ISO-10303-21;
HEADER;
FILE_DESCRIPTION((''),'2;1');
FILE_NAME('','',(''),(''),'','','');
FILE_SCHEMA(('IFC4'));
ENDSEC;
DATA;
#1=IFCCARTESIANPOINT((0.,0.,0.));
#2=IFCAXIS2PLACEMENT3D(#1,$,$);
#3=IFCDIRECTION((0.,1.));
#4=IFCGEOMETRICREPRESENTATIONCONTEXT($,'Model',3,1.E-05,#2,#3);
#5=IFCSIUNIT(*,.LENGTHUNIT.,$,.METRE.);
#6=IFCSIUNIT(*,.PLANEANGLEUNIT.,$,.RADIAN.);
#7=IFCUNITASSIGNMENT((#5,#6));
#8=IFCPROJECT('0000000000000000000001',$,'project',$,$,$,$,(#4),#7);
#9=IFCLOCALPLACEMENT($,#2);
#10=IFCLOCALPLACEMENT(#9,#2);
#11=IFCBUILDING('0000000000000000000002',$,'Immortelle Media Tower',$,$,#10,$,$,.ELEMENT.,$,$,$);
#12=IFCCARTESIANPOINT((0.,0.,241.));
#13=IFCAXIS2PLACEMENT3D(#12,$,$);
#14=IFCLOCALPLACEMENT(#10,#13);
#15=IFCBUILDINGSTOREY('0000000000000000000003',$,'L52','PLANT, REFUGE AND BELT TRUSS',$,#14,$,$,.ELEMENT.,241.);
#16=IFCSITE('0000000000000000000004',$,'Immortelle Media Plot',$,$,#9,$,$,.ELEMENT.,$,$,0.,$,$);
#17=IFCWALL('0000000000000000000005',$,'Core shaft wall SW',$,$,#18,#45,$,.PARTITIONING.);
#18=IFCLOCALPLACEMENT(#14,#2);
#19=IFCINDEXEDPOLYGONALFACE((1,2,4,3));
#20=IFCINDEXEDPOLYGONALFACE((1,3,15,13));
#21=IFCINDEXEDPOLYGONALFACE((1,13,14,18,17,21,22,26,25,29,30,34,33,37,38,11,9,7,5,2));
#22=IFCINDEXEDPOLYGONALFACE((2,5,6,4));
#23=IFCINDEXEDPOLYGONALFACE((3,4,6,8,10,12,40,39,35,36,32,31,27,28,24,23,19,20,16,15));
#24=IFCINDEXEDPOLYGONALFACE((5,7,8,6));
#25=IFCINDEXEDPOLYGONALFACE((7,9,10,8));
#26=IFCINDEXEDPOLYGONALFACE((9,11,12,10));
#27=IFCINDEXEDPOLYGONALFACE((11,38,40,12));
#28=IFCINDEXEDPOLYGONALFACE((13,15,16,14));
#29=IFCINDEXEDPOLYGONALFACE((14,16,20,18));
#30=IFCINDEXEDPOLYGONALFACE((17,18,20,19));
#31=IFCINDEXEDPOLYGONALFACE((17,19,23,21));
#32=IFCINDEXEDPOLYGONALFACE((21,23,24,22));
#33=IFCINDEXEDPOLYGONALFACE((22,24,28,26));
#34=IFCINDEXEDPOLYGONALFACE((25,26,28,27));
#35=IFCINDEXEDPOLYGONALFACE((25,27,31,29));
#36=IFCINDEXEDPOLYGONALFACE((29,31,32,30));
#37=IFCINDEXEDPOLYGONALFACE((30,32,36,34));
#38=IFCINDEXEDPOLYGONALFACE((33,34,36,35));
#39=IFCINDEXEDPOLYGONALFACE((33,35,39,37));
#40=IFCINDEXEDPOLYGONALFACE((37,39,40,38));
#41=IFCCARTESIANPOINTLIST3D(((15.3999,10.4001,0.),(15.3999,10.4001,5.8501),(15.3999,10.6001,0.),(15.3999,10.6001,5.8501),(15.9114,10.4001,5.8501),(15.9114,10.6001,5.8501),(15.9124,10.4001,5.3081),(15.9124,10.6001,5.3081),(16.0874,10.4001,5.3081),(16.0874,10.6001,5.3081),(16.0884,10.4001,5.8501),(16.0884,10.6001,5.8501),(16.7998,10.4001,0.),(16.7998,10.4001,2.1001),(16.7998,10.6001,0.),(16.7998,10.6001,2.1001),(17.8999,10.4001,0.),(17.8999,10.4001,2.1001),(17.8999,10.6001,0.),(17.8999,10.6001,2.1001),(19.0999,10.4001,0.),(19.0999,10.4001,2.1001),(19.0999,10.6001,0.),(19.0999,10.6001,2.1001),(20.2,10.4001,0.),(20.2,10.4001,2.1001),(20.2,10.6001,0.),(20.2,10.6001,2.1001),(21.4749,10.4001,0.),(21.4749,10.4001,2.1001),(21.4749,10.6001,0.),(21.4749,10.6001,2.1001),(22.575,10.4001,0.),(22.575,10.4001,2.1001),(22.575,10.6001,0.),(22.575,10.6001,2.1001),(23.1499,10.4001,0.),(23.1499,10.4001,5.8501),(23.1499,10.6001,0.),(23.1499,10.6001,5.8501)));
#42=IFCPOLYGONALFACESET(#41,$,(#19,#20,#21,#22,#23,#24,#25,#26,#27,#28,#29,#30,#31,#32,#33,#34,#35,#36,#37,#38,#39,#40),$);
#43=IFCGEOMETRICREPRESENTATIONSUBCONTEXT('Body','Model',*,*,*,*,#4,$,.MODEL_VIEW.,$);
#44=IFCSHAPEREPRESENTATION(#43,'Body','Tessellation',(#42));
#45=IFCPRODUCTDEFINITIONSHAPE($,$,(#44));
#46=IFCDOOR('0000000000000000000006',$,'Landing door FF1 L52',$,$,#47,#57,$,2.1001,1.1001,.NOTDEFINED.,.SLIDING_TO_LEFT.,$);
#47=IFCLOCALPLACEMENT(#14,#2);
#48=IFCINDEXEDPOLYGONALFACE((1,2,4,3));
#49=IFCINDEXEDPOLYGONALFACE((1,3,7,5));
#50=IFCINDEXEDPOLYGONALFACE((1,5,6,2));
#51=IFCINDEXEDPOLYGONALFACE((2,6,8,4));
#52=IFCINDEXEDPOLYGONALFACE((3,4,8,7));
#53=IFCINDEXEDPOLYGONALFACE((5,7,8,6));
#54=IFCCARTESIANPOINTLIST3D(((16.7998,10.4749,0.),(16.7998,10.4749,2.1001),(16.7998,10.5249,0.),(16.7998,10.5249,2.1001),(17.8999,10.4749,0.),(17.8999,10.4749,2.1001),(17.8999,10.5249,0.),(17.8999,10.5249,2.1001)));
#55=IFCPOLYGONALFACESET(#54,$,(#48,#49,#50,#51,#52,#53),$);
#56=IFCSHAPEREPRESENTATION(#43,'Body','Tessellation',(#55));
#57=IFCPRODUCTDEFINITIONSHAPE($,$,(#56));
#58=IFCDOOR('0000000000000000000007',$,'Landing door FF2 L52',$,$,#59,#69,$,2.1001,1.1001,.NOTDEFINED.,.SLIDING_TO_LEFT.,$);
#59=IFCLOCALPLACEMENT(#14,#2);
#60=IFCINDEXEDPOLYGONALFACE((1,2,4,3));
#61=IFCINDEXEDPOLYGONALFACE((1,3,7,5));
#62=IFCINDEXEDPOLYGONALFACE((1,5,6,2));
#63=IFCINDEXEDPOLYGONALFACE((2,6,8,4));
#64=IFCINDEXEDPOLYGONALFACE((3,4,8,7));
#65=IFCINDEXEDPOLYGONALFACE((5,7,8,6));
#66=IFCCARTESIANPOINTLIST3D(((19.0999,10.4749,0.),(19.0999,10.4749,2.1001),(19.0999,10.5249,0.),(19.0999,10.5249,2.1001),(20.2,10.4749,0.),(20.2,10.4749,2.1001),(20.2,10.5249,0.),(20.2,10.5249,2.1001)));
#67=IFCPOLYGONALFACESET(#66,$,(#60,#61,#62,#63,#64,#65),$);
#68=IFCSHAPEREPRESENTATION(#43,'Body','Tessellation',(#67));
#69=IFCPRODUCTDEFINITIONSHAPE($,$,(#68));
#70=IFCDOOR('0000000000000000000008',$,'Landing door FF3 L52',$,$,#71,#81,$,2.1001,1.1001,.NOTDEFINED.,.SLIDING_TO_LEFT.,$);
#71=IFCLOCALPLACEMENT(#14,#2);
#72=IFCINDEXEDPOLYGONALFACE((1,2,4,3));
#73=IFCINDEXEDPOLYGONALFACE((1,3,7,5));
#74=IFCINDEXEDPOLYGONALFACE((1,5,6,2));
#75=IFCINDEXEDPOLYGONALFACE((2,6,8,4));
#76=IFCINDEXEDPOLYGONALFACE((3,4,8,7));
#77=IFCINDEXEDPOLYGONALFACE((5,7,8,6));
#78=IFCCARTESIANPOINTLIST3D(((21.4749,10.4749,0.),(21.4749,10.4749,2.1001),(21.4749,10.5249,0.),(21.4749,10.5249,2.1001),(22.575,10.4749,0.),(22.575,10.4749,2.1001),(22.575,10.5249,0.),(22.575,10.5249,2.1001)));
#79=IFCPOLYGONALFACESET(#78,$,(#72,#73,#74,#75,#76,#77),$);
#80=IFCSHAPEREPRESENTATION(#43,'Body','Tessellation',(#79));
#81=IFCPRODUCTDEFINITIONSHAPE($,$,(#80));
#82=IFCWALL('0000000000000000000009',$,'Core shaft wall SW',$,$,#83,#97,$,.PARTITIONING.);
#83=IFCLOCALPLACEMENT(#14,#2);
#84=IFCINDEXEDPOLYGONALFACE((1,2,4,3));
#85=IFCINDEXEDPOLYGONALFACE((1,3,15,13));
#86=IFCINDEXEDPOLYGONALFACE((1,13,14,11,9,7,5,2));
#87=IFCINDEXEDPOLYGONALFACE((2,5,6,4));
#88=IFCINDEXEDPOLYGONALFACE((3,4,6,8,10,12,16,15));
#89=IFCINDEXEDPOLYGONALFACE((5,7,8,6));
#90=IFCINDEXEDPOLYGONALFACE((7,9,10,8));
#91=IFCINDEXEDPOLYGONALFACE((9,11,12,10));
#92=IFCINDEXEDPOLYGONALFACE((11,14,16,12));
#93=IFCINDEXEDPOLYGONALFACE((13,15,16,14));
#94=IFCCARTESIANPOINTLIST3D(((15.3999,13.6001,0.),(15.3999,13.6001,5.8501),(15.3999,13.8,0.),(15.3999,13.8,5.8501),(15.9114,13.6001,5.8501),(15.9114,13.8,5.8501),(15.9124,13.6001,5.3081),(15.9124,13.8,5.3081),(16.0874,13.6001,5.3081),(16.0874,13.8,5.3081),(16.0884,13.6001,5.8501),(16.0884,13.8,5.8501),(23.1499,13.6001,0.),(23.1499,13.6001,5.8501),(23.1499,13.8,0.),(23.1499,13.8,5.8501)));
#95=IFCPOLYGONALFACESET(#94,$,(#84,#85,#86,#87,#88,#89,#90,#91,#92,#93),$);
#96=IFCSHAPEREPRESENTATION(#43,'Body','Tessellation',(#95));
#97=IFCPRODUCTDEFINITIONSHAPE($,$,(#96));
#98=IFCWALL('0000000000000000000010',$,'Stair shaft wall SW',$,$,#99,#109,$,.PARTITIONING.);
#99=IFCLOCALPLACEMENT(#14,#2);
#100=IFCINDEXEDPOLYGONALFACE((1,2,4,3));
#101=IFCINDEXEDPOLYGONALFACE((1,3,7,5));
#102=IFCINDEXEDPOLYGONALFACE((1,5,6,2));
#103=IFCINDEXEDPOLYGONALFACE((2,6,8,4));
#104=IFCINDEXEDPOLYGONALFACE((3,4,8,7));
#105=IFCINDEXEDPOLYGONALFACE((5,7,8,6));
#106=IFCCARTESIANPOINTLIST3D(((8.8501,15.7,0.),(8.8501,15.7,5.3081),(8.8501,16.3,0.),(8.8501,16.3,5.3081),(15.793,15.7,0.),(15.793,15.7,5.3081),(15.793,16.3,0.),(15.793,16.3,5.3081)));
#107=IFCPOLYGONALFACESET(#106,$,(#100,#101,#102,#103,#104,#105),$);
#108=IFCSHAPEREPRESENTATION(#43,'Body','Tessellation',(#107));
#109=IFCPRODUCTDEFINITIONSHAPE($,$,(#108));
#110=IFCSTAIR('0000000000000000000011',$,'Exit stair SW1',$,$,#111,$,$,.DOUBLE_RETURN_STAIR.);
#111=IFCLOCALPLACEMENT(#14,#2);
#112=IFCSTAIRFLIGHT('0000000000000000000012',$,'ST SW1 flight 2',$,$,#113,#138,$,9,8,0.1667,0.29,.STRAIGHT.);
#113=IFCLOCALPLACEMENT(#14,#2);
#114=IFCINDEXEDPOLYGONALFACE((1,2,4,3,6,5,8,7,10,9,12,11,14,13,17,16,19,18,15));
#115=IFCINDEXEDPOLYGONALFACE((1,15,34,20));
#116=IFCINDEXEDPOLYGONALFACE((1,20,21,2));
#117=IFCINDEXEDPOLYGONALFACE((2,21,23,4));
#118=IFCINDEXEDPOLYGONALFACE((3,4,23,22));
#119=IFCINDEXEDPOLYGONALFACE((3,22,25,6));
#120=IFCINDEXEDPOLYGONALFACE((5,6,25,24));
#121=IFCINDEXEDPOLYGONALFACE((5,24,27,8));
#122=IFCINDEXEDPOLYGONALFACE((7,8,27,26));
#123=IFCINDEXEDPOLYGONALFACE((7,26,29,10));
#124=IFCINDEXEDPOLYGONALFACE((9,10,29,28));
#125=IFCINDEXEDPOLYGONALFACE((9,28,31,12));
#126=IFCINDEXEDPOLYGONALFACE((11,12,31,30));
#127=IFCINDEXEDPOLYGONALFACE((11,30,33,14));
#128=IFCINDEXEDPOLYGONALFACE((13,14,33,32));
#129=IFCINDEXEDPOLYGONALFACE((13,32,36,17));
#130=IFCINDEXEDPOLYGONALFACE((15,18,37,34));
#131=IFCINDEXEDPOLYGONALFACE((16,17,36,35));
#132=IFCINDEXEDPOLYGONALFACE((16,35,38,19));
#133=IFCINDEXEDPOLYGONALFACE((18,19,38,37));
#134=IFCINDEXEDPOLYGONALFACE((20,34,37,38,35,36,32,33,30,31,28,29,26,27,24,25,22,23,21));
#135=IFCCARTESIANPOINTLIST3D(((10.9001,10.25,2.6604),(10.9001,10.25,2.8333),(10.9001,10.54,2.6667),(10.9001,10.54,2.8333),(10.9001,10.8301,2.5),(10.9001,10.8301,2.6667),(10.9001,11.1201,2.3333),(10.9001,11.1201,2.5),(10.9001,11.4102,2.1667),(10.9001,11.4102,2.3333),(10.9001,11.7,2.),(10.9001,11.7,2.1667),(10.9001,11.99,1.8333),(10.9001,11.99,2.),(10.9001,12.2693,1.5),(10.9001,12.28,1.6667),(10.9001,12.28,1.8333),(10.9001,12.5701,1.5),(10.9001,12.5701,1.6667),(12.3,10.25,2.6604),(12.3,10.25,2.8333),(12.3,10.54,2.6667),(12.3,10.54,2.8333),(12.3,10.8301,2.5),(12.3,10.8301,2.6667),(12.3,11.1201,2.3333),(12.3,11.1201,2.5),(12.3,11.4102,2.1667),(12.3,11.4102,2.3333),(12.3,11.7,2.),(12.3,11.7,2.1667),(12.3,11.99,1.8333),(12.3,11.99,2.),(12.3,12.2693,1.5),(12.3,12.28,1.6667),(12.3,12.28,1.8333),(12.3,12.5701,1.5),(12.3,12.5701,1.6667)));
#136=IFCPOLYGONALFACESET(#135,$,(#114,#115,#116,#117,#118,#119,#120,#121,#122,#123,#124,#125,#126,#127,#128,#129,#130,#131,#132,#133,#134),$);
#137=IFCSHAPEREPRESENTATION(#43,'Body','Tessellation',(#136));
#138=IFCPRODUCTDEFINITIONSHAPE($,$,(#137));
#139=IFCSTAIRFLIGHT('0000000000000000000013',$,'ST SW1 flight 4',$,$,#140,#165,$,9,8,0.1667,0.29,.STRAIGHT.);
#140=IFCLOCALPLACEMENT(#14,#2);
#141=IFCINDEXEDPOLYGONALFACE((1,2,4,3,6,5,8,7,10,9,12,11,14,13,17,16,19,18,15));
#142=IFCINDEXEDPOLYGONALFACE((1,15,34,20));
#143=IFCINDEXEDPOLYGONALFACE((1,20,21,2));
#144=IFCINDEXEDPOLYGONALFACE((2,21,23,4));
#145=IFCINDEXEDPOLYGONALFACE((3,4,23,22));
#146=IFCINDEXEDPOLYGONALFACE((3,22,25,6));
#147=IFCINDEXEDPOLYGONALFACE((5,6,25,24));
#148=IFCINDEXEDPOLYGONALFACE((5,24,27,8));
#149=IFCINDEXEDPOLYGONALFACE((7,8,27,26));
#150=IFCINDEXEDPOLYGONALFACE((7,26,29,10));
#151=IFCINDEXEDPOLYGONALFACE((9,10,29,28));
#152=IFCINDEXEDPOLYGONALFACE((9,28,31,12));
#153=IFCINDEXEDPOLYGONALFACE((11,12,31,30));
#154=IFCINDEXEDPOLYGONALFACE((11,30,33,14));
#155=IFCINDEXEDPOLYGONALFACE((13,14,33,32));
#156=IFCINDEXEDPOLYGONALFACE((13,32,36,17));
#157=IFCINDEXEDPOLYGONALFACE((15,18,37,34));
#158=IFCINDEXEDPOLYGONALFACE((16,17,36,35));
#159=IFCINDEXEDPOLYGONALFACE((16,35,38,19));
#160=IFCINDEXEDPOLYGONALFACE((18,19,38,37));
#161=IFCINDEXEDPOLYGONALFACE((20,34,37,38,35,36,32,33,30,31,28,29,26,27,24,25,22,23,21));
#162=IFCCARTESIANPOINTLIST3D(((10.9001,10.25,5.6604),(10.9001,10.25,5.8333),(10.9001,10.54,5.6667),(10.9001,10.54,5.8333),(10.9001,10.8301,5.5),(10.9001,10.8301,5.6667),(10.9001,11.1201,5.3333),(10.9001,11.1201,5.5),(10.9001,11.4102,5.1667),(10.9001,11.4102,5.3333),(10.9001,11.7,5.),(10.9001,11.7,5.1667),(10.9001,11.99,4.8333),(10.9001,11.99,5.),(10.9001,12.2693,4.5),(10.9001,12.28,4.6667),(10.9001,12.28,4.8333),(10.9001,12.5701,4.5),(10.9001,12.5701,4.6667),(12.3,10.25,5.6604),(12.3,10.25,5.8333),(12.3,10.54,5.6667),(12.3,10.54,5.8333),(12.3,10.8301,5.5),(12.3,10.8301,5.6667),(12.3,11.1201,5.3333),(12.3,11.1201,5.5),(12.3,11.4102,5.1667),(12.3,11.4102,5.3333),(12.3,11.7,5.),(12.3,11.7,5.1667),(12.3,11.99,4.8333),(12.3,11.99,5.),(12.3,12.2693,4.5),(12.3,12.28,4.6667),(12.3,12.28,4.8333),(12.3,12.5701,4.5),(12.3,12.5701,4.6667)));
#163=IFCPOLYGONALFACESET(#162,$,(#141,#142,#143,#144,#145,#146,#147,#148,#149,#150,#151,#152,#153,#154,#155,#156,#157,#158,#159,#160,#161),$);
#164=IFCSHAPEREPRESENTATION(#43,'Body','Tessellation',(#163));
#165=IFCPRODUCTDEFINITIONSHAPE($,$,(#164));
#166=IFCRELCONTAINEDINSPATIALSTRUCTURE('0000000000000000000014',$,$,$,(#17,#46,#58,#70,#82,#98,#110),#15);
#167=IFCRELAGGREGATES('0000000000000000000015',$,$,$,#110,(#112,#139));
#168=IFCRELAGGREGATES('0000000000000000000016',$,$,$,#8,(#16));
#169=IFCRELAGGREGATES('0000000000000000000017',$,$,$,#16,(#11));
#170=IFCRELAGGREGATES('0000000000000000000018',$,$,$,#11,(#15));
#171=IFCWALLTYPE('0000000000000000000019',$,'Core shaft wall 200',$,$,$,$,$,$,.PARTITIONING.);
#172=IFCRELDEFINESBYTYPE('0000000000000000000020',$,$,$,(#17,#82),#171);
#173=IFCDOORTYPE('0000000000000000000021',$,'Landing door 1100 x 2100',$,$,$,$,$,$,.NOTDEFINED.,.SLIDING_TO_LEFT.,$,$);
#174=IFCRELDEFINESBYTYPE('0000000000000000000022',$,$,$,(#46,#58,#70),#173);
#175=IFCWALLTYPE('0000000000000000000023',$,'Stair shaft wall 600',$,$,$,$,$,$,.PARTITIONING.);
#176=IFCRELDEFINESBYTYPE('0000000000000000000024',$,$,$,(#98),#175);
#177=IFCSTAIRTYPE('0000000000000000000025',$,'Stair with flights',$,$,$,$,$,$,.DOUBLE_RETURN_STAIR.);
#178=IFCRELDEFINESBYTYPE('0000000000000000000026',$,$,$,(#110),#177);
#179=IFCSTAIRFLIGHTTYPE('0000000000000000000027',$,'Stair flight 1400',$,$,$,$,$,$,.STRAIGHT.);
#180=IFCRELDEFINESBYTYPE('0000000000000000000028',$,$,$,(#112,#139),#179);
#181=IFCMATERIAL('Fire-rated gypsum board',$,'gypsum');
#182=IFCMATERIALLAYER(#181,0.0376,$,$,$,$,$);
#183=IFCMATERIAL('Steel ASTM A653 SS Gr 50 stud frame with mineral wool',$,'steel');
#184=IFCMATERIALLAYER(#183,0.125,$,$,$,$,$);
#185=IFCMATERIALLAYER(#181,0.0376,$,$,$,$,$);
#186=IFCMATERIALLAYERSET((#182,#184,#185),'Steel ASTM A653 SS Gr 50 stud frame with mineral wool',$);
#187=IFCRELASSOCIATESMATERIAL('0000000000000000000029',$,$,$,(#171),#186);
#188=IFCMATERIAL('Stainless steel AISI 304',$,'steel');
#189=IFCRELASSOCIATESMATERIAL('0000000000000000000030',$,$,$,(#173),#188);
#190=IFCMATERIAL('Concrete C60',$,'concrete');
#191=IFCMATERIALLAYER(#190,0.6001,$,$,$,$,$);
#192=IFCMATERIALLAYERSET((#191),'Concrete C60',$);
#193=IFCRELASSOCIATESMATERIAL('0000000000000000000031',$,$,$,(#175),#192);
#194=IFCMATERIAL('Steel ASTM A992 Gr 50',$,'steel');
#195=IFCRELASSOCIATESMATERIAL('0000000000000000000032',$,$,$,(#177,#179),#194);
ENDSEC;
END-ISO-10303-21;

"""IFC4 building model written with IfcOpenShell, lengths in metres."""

from ifc_helpers import new_model, si_unit, direction, frame, frame_2d, origin, place, context, subcontext, project, spatial, polyline, rectangle, outline, extrude, material, layer, layer_set, type_object, element, fill, aggregate, save


model = new_model("IFC4")

# Units and contexts
model_context = context("Model", 3, precision=1e-05, world=origin(), true_north=direction((0.0, 1.0)))
body_context = subcontext(model_context, "Body", "Model", "MODEL_VIEW")
ifc_project = project(units=[si_unit("LENGTHUNIT", "METRE"), si_unit("PLANEANGLEUNIT", "RADIAN")], contexts=[model_context])

# Site, building, storey
site_placement = place(None, origin())
site = spatial("IfcSite", under=ifc_project, at=site_placement, Name="Immortelle Media Plot", CompositionType="ELEMENT", RefElevation=0.0)
building_placement = place(site_placement, origin())
building = spatial("IfcBuilding", under=site, at=building_placement, Name="Immortelle Media Tower", CompositionType="ELEMENT")
storey_placement = place(building_placement, frame((0.0, 0.0, 241.0)))
storey = spatial("IfcBuildingStorey", under=building, at=storey_placement, Name="L52", Description="PLANT, REFUGE AND BELT TRUSS", CompositionType="ELEMENT", Elevation=241.0)

# Shared definitions
ifc_material_1 = material(Name="Steel ASTM A992 Gr 50", Category="steel")

# Shared definitions
ifc_material_2 = material(Name="Fire-rated gypsum board", Category="gypsum")
ifc_material_3 = material(Name="Steel ASTM A653 SS Gr 50 stud frame with mineral wool", Category="steel")

# Wall, openings, doors
ifc_layer_1 = layer(ifc_material_2, 0.0376)
ifc_layer_2 = layer(ifc_material_3, 0.125)
ifc_layer_3 = layer(ifc_material_2, 0.0376)
ifc_layer_set_1 = layer_set([ifc_layer_1, ifc_layer_2, ifc_layer_3], Name="Steel ASTM A653 SS Gr 50 stud frame with mineral wool")
wall_type_1 = type_object("IfcWallType", Name="Core shaft wall 200", PredefinedType="PARTITIONING", material=ifc_layer_set_1)
ifc_material_4 = material(Name="Stainless steel AISI 304", Category="steel")
door_type_1 = type_object("IfcDoorType", Name="Landing door 1100 x 2100", OperationType="SLIDING_TO_LEFT", PredefinedType="NOTDEFINED", material=ifc_material_4)
wall_1_placement = place(storey_placement, frame((15.3999, 10.5, 0.0), z_axis=(0.0, 0.0, 1.0), x_axis=(1.0, 0.0, 0.0)))
wall_1 = element("IfcWall", 1, at=wall_1_placement, inside=storey, type_object=wall_type_1, Name="Core shaft wall SW", PredefinedType="PARTITIONING", context=body_context, shape_type="SweptSolid", body=[
    extrude(outline(polyline([(0.0, 0.0), (7.75, 0.0), (7.75, 5.8501), (0.6885, 5.8501), (0.6875, 5.3081), (0.5125, 5.3081), (0.5115, 5.8501), (0.0, 5.8501), (0.0, 0.0)])), frame((0.0, 0.1001, 0.0), z_axis=(0.0, -1.0, 0.0), x_axis=(1.0, 0.0, 0.0)), (0.0, 0.0, 1.0), 0.2),
])
opening_1_placement = place(wall_1_placement, frame((1.3999, 0.0, 0.0)))
opening_1 = element("IfcOpeningElement", 2, at=opening_1_placement, cuts=wall_1, PredefinedType="OPENING", context=body_context, shape_type="SweptSolid", body=[
    extrude(rectangle(XDim=1.1001, YDim=2.1001, at=frame_2d((0.55, 1.05))), frame((0.0, 0.1099, 0.0), z_axis=(0.0, -1.0, 0.0), x_axis=(1.0, 0.0, 0.0)), (0.0, 0.0, 1.0), 0.22),
])
opening_2_placement = place(wall_1_placement, frame((3.7, 0.0, 0.0)))
opening_2 = element("IfcOpeningElement", 3, at=opening_2_placement, cuts=wall_1, PredefinedType="OPENING", context=body_context, shape_type="SweptSolid", body=[
    extrude(rectangle(XDim=1.1001, YDim=2.1001, at=frame_2d((0.55, 1.05))), frame((0.0, 0.1099, 0.0), z_axis=(0.0, -1.0, 0.0), x_axis=(1.0, 0.0, 0.0)), (0.0, 0.0, 1.0), 0.22),
])
opening_3_placement = place(wall_1_placement, frame((6.075, 0.0, 0.0)))
opening_3 = element("IfcOpeningElement", 4, at=opening_3_placement, cuts=wall_1, PredefinedType="OPENING", context=body_context, shape_type="SweptSolid", body=[
    extrude(rectangle(XDim=1.1001, YDim=2.1001, at=frame_2d((0.55, 1.05))), frame((0.0, 0.1099, 0.0), z_axis=(0.0, -1.0, 0.0), x_axis=(1.0, 0.0, 0.0)), (0.0, 0.0, 1.0), 0.22),
])
door_1_placement = place(opening_1_placement, origin())
door_1 = element("IfcDoor", 5, at=door_1_placement, inside=storey, type_object=door_type_1, Name="Landing door FF1 L52", OperationType="SLIDING_TO_LEFT", OverallHeight=2.1001, OverallWidth=1.1001, PredefinedType="NOTDEFINED", context=body_context, shape_type="SweptSolid", body=[
    extrude(rectangle(XDim=1.1001, YDim=2.1001, at=frame_2d((0.55, 1.05))), frame((0.0, 0.0249, 0.0), z_axis=(0.0, -1.0, 0.0), x_axis=(1.0, 0.0, 0.0)), (0.0, 0.0, 1.0), 0.05),
])
fill(opening_1, door_1)
door_2_placement = place(opening_2_placement, origin())
door_2 = element("IfcDoor", 6, at=door_2_placement, inside=storey, type_object=door_type_1, Name="Landing door FF2 L52", OperationType="SLIDING_TO_LEFT", OverallHeight=2.1001, OverallWidth=1.1001, PredefinedType="NOTDEFINED", context=body_context, shape_type="SweptSolid", body=[
    extrude(rectangle(XDim=1.1001, YDim=2.1001, at=frame_2d((0.55, 1.05))), frame((0.0, 0.0249, 0.0), z_axis=(0.0, -1.0, 0.0), x_axis=(1.0, 0.0, 0.0)), (0.0, 0.0, 1.0), 0.05),
])
fill(opening_2, door_2)
door_3_placement = place(opening_3_placement, origin())
door_3 = element("IfcDoor", 7, at=door_3_placement, inside=storey, type_object=door_type_1, Name="Landing door FF3 L52", OperationType="SLIDING_TO_LEFT", OverallHeight=2.1001, OverallWidth=1.1001, PredefinedType="NOTDEFINED", context=body_context, shape_type="SweptSolid", body=[
    extrude(rectangle(XDim=1.1001, YDim=2.1001, at=frame_2d((0.55, 1.05))), frame((0.0, 0.0249, 0.0), z_axis=(0.0, -1.0, 0.0), x_axis=(1.0, 0.0, 0.0)), (0.0, 0.0, 1.0), 0.05),
])
fill(opening_3, door_3)

# Walls
wall_2_placement = place(storey_placement, frame((15.3999, 13.7, 0.0), z_axis=(0.0, 0.0, 1.0), x_axis=(1.0, 0.0, 0.0)))
element("IfcWall", 8, at=wall_2_placement, inside=storey, type_object=wall_type_1, Name="Core shaft wall SW", PredefinedType="PARTITIONING", context=body_context, shape_type="SweptSolid", body=[
    extrude(outline(polyline([(0.0, 0.0), (7.75, 0.0), (7.75, 5.8501), (0.6885, 5.8501), (0.6875, 5.3081), (0.5125, 5.3081), (0.5115, 5.8501), (0.0, 5.8501), (0.0, 0.0)])), frame((0.0, 0.1001, 0.0), z_axis=(0.0, -1.0, 0.0), x_axis=(1.0, 0.0, 0.0)), (0.0, 0.0, 1.0), 0.2),
])
ifc_material_5 = material(Name="Concrete C60", Category="concrete")
ifc_layer_4 = layer(ifc_material_5, 0.6001)
ifc_layer_set_2 = layer_set([ifc_layer_4], Name="Concrete C60")
wall_type_2 = type_object("IfcWallType", Name="Stair shaft wall 600", PredefinedType="PARTITIONING", material=ifc_layer_set_2)
wall_3_placement = place(storey_placement, frame((8.8501, 16.0, 0.0), z_axis=(0.0, 0.0, 1.0), x_axis=(1.0, 0.0, 0.0)))
element("IfcWall", 9, at=wall_3_placement, inside=storey, type_object=wall_type_2, Name="Stair shaft wall SW", PredefinedType="PARTITIONING", context=body_context, shape_type="SweptSolid", body=[
    extrude(rectangle(XDim=6.9429, YDim=0.6001, at=frame_2d((3.4714, 0.0))), origin(), (0.0, 0.0, 1.0), 5.3081),
])

# Stair, stair flights
stair_type = type_object("IfcStairType", Name="Stair with flights", PredefinedType="DOUBLE_RETURN_STAIR", material=ifc_material_1)
stair_1_placement = place(storey_placement, origin())
stair_1 = element("IfcStair", 10, at=stair_1_placement, inside=storey, type_object=stair_type, Name="Exit stair SW1", PredefinedType="DOUBLE_RETURN_STAIR")
stair_flight_type = type_object("IfcStairFlightType", Name="Stair flight 1400", PredefinedType="STRAIGHT", material=ifc_material_1)
stair_flight_1_placement = place(storey_placement, frame((11.6001, 12.5701, 1.5), z_axis=(0.0, 0.0, 1.0), x_axis=(0.0, -1.0, 0.0)))
stair_flight_1 = element("IfcStairFlight", 11, at=stair_flight_1_placement, type_object=stair_flight_type, Name="ST SW1 flight 2", NumberOfRisers=9, NumberOfTreads=8, PredefinedType="STRAIGHT", RiserHeight=0.1667, TreadLength=0.29, context=body_context, shape_type="SweptSolid", body=[
    extrude(outline(polyline([(0.0, 0.0), (0.0, 0.1667), (0.29, 0.1667), (0.29, 0.3333), (0.5801, 0.3333), (0.5801, 0.5), (0.8701, 0.5), (0.8701, 0.6667), (1.1599, 0.6667), (1.1599, 0.8333), (1.45, 0.8333), (1.45, 1.0), (1.74, 1.0), (1.74, 1.1667), (2.03, 1.1667), (2.03, 1.3333), (2.3201, 1.3333), (2.3201, 1.5), (2.3201, 1.1604), (0.3008, 0.0), (0.0, 0.0)])), frame((0.0, 0.7, 0.0), z_axis=(0.0, -1.0, 0.0), x_axis=(1.0, 0.0, 0.0)), (0.0, 0.0, 1.0), 1.3999),
])
stair_flight_2_placement = place(storey_placement, frame((11.6001, 12.5701, 4.5), z_axis=(0.0, 0.0, 1.0), x_axis=(0.0, -1.0, 0.0)))
stair_flight_2 = element("IfcStairFlight", 12, at=stair_flight_2_placement, type_object=stair_flight_type, Name="ST SW1 flight 4", NumberOfRisers=9, NumberOfTreads=8, PredefinedType="STRAIGHT", RiserHeight=0.1667, TreadLength=0.29, context=body_context, shape_type="SweptSolid", body=[
    extrude(outline(polyline([(0.0, 0.0), (0.0, 0.1667), (0.29, 0.1667), (0.29, 0.3333), (0.5801, 0.3333), (0.5801, 0.5), (0.8701, 0.5), (0.8701, 0.6667), (1.1599, 0.6667), (1.1599, 0.8333), (1.45, 0.8333), (1.45, 1.0), (1.74, 1.0), (1.74, 1.1667), (2.03, 1.1667), (2.03, 1.3333), (2.3201, 1.3333), (2.3201, 1.5), (2.3201, 1.1604), (0.3008, 0.0), (0.0, 0.0)])), frame((0.0, 0.7, 0.0), z_axis=(0.0, -1.0, 0.0), x_axis=(1.0, 0.0, 0.0)), (0.0, 0.0, 1.0), 1.3999),
])
aggregate(stair_1, [stair_flight_1, stair_flight_2])

save(model, "model.ifc")
